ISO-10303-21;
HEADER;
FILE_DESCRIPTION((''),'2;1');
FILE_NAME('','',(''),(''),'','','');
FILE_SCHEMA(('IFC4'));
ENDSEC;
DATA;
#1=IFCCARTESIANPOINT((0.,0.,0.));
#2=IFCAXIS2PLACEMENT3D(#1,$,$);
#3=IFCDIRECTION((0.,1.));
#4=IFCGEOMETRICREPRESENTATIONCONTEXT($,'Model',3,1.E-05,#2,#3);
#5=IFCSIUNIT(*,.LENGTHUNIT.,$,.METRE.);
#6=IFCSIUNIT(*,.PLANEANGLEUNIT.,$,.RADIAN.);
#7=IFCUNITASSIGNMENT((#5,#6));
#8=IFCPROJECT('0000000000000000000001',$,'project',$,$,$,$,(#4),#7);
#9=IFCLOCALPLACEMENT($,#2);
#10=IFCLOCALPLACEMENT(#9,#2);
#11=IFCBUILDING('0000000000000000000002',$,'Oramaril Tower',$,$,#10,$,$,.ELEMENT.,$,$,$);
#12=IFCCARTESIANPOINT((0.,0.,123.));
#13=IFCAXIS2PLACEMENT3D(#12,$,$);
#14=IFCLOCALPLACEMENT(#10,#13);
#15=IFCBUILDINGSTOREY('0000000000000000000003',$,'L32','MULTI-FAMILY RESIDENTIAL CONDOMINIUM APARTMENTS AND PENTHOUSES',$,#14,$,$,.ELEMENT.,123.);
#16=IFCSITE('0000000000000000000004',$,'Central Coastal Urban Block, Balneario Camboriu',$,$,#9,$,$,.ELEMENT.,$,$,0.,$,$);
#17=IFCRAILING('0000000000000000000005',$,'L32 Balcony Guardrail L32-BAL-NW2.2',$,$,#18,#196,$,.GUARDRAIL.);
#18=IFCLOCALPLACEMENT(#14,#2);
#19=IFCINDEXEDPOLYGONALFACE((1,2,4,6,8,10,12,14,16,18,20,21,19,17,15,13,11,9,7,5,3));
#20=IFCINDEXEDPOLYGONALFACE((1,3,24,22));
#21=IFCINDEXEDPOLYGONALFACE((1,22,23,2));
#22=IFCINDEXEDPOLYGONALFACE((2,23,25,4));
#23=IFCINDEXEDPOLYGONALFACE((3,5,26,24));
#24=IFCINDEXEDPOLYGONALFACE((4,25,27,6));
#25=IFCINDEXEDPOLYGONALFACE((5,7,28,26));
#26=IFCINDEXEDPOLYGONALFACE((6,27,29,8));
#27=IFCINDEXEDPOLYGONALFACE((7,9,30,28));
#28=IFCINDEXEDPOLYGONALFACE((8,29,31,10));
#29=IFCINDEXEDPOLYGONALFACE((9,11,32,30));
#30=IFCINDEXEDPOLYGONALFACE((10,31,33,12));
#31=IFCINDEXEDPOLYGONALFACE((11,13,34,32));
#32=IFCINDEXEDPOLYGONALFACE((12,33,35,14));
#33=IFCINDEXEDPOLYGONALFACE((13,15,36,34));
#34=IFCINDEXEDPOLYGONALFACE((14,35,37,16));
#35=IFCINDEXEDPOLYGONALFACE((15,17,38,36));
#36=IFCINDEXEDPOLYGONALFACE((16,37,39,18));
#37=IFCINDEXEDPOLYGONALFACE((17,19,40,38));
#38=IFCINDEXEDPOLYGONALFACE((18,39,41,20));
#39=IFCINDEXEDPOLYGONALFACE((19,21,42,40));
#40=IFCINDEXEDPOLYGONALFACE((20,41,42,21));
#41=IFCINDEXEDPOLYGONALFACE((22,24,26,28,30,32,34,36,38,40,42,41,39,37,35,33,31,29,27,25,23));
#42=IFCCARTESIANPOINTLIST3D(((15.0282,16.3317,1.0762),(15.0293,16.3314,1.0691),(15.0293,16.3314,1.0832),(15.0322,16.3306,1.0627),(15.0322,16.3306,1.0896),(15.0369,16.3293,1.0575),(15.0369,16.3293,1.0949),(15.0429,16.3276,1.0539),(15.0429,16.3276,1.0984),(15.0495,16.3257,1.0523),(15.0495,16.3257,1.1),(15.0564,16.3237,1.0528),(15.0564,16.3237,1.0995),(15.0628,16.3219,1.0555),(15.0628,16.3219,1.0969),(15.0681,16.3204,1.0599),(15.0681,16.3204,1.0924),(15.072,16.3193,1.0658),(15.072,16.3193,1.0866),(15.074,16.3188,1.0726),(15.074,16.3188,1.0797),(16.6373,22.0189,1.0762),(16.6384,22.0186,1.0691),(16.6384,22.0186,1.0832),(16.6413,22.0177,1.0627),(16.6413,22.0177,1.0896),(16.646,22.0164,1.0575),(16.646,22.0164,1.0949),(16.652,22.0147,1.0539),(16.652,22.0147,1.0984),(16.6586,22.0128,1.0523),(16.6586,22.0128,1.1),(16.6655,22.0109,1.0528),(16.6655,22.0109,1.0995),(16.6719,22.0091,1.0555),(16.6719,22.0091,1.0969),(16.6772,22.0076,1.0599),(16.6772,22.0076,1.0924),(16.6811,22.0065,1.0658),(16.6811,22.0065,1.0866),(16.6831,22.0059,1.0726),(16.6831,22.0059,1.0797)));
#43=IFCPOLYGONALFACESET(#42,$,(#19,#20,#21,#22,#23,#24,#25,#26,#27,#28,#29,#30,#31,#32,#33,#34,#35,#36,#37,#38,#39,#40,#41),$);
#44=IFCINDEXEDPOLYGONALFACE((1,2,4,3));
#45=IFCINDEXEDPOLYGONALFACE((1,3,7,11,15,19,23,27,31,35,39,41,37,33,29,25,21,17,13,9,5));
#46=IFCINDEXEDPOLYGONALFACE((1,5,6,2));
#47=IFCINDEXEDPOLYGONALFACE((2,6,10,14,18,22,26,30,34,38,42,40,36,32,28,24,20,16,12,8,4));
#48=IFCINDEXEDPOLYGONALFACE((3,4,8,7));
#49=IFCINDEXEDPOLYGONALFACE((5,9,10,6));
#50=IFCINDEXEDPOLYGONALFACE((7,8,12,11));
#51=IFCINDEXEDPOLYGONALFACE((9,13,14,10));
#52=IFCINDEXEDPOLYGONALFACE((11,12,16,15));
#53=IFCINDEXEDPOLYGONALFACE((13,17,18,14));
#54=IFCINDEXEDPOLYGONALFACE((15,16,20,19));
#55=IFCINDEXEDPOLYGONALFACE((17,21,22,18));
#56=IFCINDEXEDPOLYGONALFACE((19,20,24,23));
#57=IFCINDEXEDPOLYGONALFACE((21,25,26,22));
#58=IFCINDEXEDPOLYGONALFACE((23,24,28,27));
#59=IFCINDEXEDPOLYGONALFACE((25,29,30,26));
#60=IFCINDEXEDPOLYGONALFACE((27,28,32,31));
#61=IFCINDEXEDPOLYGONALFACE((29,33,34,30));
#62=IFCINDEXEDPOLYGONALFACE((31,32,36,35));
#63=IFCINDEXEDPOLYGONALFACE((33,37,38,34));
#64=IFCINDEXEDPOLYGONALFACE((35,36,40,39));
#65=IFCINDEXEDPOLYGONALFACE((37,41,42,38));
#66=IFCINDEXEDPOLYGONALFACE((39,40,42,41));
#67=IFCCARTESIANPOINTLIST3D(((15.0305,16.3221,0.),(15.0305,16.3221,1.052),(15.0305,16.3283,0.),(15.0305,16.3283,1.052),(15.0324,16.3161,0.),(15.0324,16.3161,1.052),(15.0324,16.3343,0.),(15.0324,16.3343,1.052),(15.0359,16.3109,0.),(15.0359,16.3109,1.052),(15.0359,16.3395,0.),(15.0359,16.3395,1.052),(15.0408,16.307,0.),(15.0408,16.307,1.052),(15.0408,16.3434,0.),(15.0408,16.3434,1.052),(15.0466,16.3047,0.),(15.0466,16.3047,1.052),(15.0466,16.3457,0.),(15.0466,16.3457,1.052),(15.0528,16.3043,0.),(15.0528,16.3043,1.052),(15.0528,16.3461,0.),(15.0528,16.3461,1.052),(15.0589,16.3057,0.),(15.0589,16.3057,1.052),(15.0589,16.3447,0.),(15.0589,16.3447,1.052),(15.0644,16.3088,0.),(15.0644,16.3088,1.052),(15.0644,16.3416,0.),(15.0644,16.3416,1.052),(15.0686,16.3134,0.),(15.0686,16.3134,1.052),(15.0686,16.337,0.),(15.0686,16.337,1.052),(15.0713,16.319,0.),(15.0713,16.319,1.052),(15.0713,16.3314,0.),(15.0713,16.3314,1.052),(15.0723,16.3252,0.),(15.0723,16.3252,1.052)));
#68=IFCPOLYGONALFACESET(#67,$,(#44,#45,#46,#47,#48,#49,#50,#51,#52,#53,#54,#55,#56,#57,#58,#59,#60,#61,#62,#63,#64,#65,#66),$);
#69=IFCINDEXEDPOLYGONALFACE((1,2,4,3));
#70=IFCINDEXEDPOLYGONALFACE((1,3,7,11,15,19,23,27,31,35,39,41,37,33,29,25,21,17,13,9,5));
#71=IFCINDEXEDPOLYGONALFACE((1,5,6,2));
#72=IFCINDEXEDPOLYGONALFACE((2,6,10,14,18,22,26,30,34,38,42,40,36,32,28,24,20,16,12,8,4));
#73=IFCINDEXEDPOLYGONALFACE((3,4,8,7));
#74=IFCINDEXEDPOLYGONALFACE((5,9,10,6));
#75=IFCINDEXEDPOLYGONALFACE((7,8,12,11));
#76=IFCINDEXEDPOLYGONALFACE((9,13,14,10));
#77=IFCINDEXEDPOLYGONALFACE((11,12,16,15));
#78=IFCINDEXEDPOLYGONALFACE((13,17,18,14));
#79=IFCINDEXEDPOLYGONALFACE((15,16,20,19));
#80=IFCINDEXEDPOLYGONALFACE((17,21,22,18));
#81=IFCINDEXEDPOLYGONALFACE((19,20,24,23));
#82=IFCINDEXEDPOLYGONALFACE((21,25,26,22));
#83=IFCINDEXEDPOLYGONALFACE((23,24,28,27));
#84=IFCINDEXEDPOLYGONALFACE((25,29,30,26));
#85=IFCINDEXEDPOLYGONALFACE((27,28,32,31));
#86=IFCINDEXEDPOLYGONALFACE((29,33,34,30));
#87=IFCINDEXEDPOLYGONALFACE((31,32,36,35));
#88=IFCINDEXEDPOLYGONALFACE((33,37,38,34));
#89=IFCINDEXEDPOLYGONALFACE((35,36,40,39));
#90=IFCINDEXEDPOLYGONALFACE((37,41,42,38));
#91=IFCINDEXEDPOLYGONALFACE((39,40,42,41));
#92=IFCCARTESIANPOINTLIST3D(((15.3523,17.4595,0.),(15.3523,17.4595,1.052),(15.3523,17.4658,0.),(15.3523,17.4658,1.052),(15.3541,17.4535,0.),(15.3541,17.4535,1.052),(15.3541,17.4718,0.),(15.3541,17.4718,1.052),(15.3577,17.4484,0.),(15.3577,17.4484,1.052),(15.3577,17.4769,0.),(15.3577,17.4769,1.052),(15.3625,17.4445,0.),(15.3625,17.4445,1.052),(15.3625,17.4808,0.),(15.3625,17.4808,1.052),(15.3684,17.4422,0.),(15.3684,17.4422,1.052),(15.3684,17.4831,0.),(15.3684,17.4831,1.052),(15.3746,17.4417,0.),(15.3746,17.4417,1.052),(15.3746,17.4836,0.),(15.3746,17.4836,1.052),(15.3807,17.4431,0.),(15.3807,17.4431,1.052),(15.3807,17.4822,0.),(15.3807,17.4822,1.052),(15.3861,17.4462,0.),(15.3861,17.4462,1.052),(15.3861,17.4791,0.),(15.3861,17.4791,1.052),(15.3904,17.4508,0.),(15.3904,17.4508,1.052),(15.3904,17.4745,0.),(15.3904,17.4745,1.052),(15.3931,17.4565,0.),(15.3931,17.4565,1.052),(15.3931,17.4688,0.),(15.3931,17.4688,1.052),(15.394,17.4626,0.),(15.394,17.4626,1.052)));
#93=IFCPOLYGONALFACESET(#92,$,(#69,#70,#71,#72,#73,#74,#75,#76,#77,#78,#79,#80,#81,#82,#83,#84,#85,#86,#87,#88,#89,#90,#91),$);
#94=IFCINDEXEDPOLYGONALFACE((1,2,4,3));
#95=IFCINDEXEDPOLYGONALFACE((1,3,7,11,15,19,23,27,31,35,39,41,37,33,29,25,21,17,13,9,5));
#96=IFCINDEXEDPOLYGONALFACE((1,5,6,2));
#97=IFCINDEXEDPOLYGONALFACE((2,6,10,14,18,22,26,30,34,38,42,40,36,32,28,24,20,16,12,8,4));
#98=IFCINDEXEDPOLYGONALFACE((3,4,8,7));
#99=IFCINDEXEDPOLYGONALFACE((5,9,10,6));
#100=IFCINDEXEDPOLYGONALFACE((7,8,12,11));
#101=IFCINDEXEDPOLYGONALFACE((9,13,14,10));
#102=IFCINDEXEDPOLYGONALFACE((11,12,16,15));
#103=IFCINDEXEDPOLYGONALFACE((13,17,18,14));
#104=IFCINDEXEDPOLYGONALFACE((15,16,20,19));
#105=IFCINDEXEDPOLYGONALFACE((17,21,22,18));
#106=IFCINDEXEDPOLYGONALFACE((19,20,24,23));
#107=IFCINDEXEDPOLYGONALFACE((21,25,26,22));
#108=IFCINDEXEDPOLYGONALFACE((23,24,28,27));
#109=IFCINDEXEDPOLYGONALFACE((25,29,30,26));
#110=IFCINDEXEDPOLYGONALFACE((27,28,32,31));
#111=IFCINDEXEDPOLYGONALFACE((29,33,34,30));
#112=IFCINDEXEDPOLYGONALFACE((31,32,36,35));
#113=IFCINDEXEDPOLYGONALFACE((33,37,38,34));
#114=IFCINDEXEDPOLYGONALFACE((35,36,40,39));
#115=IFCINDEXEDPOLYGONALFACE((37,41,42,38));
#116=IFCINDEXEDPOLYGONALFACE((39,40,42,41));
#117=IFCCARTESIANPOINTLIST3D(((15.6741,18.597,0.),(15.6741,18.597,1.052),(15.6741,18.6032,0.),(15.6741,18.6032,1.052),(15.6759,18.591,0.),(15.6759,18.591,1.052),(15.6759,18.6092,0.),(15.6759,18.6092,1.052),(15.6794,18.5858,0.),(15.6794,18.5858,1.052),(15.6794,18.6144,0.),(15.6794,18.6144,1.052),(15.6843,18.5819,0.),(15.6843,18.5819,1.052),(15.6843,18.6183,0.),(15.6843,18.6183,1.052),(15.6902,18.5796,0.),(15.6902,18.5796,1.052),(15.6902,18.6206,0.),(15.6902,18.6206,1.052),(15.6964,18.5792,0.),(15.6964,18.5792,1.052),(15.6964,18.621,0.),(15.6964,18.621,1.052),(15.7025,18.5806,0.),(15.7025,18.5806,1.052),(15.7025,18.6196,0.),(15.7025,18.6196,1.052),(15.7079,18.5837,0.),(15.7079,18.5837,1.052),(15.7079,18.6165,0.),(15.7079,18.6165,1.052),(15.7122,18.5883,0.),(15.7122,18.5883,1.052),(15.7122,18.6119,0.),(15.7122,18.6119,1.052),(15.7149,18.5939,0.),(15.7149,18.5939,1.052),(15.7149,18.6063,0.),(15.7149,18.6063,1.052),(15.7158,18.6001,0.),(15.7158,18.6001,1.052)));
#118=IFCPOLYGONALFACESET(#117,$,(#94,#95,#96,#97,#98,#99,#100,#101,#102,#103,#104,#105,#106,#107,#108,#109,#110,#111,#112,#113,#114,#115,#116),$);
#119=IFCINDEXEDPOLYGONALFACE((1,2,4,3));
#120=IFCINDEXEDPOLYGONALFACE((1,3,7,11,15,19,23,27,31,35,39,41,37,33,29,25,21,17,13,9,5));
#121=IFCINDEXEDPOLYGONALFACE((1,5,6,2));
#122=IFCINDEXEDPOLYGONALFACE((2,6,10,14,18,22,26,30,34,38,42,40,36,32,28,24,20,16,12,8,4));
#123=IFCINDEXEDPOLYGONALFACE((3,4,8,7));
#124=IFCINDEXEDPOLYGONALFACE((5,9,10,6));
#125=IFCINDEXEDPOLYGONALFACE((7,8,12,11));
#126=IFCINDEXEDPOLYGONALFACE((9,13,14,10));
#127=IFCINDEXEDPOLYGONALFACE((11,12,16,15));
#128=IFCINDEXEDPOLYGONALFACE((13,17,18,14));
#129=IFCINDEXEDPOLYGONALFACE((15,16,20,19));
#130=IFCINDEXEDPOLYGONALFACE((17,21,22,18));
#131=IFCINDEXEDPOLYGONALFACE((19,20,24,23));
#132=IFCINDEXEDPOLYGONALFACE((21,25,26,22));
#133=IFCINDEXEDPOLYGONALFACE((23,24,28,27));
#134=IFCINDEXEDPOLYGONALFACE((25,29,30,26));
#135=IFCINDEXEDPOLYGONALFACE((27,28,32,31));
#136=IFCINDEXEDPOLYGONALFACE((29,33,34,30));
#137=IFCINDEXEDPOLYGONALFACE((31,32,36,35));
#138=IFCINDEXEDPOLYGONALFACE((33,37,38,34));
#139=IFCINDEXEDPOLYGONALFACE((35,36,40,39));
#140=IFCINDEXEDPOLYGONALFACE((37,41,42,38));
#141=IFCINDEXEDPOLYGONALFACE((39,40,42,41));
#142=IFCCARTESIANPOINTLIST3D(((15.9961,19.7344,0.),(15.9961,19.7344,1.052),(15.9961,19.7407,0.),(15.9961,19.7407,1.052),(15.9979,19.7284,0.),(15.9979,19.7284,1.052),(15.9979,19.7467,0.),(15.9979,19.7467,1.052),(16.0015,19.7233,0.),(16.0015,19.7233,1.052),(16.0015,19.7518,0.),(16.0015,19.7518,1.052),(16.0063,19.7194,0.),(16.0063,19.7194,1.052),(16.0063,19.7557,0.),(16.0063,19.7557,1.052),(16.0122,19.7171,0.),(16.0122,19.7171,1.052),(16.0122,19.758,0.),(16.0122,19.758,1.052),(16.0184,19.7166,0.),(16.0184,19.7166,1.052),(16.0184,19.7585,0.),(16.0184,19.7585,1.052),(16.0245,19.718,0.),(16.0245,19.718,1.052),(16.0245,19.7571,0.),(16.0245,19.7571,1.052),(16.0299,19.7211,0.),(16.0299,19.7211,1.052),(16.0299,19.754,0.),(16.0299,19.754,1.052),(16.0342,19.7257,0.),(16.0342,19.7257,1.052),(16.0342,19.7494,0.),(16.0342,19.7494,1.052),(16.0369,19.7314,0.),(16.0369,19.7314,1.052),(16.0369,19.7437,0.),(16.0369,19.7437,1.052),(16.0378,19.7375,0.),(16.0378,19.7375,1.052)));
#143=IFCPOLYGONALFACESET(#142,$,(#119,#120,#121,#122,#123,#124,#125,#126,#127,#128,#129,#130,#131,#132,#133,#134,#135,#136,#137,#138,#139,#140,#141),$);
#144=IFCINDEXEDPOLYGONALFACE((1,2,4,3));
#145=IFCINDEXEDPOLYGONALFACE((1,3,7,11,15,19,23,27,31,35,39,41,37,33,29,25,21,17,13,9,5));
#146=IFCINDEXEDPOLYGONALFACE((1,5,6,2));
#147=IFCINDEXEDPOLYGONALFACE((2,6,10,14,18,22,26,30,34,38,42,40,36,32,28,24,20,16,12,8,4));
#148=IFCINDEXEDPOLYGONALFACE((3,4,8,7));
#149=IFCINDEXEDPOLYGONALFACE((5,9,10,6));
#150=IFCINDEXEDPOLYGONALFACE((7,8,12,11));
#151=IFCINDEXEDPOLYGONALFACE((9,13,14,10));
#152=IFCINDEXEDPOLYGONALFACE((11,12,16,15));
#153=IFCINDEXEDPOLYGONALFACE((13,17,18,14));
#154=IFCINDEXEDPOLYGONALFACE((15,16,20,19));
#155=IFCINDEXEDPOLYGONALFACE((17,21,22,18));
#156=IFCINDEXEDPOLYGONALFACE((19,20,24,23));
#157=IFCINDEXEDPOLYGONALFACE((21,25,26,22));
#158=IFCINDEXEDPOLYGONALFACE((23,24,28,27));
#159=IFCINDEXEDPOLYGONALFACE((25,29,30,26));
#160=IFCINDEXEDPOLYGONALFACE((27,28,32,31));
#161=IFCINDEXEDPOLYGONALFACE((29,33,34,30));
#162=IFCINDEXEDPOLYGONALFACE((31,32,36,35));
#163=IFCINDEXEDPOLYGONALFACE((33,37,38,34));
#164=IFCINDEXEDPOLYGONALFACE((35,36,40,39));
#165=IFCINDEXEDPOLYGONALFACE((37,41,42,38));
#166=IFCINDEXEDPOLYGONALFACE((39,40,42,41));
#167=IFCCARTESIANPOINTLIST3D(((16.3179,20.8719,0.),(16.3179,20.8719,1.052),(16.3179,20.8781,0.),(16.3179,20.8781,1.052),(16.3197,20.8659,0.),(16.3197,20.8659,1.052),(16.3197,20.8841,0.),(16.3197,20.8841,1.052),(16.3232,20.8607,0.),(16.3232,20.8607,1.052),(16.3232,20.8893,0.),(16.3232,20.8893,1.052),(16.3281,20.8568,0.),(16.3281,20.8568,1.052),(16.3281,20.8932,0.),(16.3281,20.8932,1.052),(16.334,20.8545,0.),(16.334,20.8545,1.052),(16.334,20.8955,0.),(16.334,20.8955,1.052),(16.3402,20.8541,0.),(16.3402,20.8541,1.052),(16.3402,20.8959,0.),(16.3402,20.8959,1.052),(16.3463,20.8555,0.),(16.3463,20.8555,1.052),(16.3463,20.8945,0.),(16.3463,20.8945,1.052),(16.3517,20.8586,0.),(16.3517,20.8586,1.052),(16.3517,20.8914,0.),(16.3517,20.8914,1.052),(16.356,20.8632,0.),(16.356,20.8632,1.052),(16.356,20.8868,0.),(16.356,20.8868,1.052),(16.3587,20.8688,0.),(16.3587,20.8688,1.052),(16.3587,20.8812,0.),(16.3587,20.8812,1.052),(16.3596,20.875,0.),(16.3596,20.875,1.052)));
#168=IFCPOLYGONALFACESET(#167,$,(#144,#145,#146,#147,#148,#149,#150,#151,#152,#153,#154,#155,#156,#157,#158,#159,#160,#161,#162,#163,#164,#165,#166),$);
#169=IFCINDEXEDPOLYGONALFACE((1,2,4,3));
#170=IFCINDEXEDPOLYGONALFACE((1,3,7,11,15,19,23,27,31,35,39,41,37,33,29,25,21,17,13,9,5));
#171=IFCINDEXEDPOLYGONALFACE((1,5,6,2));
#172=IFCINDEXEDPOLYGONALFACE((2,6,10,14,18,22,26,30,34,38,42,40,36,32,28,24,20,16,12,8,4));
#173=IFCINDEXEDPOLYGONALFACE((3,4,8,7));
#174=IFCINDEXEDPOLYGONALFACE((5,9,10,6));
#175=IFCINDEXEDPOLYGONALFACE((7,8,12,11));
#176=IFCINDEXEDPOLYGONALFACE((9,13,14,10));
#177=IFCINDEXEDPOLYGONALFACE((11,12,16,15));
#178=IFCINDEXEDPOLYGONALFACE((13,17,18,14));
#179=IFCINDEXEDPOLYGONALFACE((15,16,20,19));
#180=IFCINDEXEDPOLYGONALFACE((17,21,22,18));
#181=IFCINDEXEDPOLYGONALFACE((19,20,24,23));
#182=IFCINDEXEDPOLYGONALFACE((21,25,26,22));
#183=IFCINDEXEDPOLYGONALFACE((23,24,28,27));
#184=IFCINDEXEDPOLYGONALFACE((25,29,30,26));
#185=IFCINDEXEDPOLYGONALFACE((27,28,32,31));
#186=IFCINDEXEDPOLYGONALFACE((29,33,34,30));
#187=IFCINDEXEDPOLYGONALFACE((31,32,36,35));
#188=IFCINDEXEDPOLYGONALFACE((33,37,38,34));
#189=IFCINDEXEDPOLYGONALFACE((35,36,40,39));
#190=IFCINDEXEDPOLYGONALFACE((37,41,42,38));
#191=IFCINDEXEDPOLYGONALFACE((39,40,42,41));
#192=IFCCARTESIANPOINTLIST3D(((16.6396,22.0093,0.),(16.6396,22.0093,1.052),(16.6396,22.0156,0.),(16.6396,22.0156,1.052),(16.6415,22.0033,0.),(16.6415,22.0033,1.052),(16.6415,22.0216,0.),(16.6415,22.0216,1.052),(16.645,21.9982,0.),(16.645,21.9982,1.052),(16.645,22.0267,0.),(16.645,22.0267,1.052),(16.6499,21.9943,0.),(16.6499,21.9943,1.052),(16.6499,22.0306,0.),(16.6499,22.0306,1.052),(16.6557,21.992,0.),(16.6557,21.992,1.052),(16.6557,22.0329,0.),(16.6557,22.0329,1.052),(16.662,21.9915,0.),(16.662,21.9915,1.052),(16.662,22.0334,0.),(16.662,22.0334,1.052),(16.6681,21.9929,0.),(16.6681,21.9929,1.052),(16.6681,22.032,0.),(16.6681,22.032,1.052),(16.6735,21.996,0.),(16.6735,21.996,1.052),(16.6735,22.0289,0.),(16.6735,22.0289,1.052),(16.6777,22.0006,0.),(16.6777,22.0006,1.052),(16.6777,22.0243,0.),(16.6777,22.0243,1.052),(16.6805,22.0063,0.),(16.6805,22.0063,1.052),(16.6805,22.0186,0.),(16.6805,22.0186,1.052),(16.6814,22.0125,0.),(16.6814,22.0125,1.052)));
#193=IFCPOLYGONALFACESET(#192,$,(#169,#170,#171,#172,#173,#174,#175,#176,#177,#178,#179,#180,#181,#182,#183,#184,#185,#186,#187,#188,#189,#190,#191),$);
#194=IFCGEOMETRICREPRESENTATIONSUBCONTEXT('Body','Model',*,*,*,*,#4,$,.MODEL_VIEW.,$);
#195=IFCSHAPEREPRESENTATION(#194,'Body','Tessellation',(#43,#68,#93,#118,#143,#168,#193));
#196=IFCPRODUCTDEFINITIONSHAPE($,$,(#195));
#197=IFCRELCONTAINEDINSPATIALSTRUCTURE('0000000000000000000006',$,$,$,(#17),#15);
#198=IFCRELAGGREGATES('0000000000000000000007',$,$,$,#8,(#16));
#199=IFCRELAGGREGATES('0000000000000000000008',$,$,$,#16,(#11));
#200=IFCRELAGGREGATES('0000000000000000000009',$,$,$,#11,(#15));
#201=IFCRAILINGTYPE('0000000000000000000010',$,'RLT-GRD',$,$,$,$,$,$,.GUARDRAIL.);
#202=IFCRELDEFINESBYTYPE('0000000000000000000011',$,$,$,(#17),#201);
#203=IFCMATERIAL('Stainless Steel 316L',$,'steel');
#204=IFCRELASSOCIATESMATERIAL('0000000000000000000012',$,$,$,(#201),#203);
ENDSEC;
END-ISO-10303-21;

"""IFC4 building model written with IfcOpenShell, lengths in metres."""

from ifc_helpers import new_model, si_unit, direction, frame, origin, origin_2d, place, context, subcontext, project, spatial, circle, extrude, material, type_object, element, save


model = new_model("IFC4")

# Units and contexts
model_context = context("Model", 3, precision=1e-05, world=origin(), true_north=direction((0.0, 1.0)))
body_context = subcontext(model_context, "Body", "Model", "MODEL_VIEW")
ifc_project = project(units=[si_unit("LENGTHUNIT", "METRE"), si_unit("PLANEANGLEUNIT", "RADIAN")], contexts=[model_context])

# Site, building, storey
site_placement = place(None, origin())
site = spatial("IfcSite", under=ifc_project, at=site_placement, Name="Central Coastal Urban Block, Balneario Camboriu", CompositionType="ELEMENT", RefElevation=0.0)
building_placement = place(site_placement, origin())
building = spatial("IfcBuilding", under=site, at=building_placement, Name="Oramaril Tower", CompositionType="ELEMENT")
storey_placement = place(building_placement, frame((0.0, 0.0, 123.0)))
storey = spatial("IfcBuildingStorey", under=building, at=storey_placement, Name="L32", Description="MULTI-FAMILY RESIDENTIAL CONDOMINIUM APARTMENTS AND PENTHOUSES", CompositionType="ELEMENT", Elevation=123.0)

# Railing
ifc_material_1 = material(Name="Stainless Steel 316L", Category="steel")
railing_type = type_object("IfcRailingType", Name="RLT-GRD", PredefinedType="GUARDRAIL", material=ifc_material_1)
railing_1_placement = place(storey_placement, frame((15.0513, 16.3252, 0.0)))
element("IfcRailing", 1, at=railing_1_placement, inside=storey, type_object=railing_type, Name="L32 Balcony Guardrail L32-BAL-NW2.2", PredefinedType="GUARDRAIL", context=body_context, shape_type="SweptSolid", body=[
    extrude(circle(Radius=0.0239, at=origin_2d()), frame((0.0, 0.0, 1.0762), z_axis=(0.272249, 0.962227, 0.0), x_axis=(-0.962227, 0.272249, 0.0)), (0.0, 0.0, 1.0), 5.9104),
    extrude(circle(Radius=0.021, at=origin_2d()), origin(), (0.0, 0.0, 1.0), 1.052),
    extrude(circle(Radius=0.021, at=origin_2d()), frame((0.3218, 1.1375, 0.0)), (0.0, 0.0, 1.0), 1.052),
    extrude(circle(Radius=0.021, at=origin_2d()), frame((0.6436, 2.2749, 0.0)), (0.0, 0.0, 1.0), 1.052),
    extrude(circle(Radius=0.021, at=origin_2d()), frame((0.9656, 3.4124, 0.0)), (0.0, 0.0, 1.0), 1.052),
    extrude(circle(Radius=0.021, at=origin_2d()), frame((1.2874, 4.5498, 0.0)), (0.0, 0.0, 1.0), 1.052),
    extrude(circle(Radius=0.021, at=origin_2d()), frame((1.6091, 5.6873, 0.0)), (0.0, 0.0, 1.0), 1.052),
])

save(model, "model.ifc")
